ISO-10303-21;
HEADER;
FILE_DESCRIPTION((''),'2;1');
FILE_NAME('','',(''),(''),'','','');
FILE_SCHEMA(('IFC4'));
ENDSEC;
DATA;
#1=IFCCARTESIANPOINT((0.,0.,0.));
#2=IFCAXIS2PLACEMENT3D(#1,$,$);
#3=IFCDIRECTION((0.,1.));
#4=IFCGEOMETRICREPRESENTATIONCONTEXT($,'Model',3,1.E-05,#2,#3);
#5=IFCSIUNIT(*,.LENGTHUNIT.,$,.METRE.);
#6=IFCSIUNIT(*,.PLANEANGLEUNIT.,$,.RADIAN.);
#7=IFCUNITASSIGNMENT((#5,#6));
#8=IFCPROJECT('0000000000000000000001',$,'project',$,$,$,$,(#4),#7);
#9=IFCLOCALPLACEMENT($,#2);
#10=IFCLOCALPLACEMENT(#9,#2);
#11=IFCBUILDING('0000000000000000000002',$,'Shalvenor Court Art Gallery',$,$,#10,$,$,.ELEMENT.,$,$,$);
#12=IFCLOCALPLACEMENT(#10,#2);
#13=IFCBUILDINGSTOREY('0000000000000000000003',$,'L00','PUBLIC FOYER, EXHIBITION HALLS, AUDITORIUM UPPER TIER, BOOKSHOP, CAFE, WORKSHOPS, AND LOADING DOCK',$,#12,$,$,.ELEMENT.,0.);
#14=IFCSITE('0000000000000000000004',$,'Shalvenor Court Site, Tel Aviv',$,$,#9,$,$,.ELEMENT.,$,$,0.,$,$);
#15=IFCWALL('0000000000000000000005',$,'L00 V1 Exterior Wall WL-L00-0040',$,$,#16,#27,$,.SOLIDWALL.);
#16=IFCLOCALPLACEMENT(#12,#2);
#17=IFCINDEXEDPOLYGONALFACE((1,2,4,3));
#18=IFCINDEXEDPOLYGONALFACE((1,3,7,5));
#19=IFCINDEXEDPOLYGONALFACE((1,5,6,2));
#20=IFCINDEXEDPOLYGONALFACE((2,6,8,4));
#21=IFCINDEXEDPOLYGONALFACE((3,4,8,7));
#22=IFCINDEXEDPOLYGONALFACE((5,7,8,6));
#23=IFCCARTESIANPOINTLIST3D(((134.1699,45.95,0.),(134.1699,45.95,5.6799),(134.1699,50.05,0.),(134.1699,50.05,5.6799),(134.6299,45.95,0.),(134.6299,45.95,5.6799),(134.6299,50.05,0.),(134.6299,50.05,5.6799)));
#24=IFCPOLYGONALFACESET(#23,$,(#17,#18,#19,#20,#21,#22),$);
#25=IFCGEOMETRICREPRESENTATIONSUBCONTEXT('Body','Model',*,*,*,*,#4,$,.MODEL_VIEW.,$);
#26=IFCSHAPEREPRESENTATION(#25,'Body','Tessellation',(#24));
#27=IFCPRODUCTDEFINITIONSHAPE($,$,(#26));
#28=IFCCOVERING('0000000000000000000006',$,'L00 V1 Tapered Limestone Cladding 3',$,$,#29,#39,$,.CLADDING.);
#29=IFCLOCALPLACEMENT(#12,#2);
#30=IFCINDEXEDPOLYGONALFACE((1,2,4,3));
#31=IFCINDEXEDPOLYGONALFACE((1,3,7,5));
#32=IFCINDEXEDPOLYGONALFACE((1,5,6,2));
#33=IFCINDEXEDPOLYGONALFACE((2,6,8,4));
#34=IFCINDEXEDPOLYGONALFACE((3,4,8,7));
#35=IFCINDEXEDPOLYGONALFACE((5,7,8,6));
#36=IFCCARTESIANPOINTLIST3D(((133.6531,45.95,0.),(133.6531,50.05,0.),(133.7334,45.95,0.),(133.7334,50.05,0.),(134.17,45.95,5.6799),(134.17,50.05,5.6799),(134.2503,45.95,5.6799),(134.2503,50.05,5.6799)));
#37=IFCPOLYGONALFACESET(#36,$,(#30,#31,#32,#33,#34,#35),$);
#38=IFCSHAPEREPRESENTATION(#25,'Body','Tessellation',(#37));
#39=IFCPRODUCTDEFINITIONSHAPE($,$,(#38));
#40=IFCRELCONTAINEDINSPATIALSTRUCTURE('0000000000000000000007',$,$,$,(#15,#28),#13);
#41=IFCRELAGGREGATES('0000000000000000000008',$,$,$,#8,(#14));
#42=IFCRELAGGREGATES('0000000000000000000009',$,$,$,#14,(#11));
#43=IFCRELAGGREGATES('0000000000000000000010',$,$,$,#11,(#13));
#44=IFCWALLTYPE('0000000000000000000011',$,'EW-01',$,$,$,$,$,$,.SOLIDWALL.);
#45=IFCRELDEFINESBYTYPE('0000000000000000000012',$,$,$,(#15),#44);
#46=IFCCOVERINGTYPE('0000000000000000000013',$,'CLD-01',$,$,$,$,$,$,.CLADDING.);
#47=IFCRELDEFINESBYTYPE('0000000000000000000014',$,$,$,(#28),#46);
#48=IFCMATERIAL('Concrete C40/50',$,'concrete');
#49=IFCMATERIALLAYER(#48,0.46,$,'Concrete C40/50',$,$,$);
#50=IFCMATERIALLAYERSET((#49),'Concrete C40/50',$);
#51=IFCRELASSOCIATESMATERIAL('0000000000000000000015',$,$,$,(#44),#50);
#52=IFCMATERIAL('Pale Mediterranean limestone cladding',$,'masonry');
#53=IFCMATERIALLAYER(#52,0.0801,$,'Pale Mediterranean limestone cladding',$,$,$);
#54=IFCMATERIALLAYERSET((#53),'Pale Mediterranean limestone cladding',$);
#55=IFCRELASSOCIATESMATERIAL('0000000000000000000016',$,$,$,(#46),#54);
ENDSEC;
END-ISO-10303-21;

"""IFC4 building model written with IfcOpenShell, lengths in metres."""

from ifc_helpers import new_model, si_unit, direction, frame, frame_2d, origin, place, context, subcontext, project, spatial, polyline, rectangle, outline, extrude, material, layer, layer_set, type_object, element, save


model = new_model("IFC4")

# Units and contexts
model_context = context("Model", 3, precision=1e-05, world=origin(), true_north=direction((0.0, 1.0)))
body_context = subcontext(model_context, "Body", "Model", "MODEL_VIEW")
ifc_project = project(units=[si_unit("LENGTHUNIT", "METRE"), si_unit("PLANEANGLEUNIT", "RADIAN")], contexts=[model_context])

# Site, building, storey
site_placement = place(None, origin())
site = spatial("IfcSite", under=ifc_project, at=site_placement, Name="Shalvenor Court Site, Tel Aviv", CompositionType="ELEMENT", RefElevation=0.0)
building_placement = place(site_placement, origin())
building = spatial("IfcBuilding", under=site, at=building_placement, Name="Shalvenor Court Art Gallery", CompositionType="ELEMENT")
storey_placement = place(building_placement, origin())
storey = spatial("IfcBuildingStorey", under=building, at=storey_placement, Name="L00", Description="PUBLIC FOYER, EXHIBITION HALLS, AUDITORIUM UPPER TIER, BOOKSHOP, CAFE, WORKSHOPS, AND LOADING DOCK", CompositionType="ELEMENT", Elevation=0.0)

# Wall
ifc_material_1 = material(Name="Concrete C40/50", Category="concrete")
ifc_layer_1 = layer(ifc_material_1, 0.46, Name="Concrete C40/50")
ifc_layer_set_1 = layer_set([ifc_layer_1], Name="Concrete C40/50")
wall_type = type_object("IfcWallType", Name="EW-01", PredefinedType="SOLIDWALL", material=ifc_layer_set_1)
wall_1_placement = place(storey_placement, frame((134.3999, 45.95, 0.0), z_axis=(0.0, 0.0, 1.0), x_axis=(0.0, 1.0, 0.0)))
element("IfcWall", 1, at=wall_1_placement, inside=storey, type_object=wall_type, Name="L00 V1 Exterior Wall WL-L00-0040", PredefinedType="SOLIDWALL", context=body_context, shape_type="SweptSolid", body=[
    extrude(rectangle(XDim=4.1001, YDim=0.46, at=frame_2d((2.05, 0.0))), origin(), (0.0, 0.0, 1.0), 5.6799),
])

# Covering
ifc_material_2 = material(Name="Pale Mediterranean limestone cladding", Category="masonry")
ifc_layer_2 = layer(ifc_material_2, 0.0801, Name="Pale Mediterranean limestone cladding")
ifc_layer_set_2 = layer_set([ifc_layer_2], Name="Pale Mediterranean limestone cladding")
covering_type = type_object("IfcCoveringType", Name="CLD-01", PredefinedType="CLADDING", material=ifc_layer_set_2)
covering_placement = place(storey_placement, frame((133.6531, 50.05, 0.0), z_axis=(0.0, 0.0, 1.0), x_axis=(0.0, -1.0, 0.0)))
element("IfcCovering", 2, at=covering_placement, inside=storey, type_object=covering_type, Name="L00 V1 Tapered Limestone Cladding 3", PredefinedType="CLADDING", context=body_context, shape_type="SweptSolid", body=[
    extrude(outline(polyline([(0.0, 0.0), (4.1001, 0.0), (4.1001, 5.7034), (0.0, 5.7034), (0.0, 0.0)])), frame((0.0, 0.0, 0.0), z_axis=(0.0, -0.995884, 0.090633), x_axis=(1.0, 0.0, 0.0)), (0.0, 0.090633, -0.995884), 0.0803),
])

save(model, "model.ifc")
